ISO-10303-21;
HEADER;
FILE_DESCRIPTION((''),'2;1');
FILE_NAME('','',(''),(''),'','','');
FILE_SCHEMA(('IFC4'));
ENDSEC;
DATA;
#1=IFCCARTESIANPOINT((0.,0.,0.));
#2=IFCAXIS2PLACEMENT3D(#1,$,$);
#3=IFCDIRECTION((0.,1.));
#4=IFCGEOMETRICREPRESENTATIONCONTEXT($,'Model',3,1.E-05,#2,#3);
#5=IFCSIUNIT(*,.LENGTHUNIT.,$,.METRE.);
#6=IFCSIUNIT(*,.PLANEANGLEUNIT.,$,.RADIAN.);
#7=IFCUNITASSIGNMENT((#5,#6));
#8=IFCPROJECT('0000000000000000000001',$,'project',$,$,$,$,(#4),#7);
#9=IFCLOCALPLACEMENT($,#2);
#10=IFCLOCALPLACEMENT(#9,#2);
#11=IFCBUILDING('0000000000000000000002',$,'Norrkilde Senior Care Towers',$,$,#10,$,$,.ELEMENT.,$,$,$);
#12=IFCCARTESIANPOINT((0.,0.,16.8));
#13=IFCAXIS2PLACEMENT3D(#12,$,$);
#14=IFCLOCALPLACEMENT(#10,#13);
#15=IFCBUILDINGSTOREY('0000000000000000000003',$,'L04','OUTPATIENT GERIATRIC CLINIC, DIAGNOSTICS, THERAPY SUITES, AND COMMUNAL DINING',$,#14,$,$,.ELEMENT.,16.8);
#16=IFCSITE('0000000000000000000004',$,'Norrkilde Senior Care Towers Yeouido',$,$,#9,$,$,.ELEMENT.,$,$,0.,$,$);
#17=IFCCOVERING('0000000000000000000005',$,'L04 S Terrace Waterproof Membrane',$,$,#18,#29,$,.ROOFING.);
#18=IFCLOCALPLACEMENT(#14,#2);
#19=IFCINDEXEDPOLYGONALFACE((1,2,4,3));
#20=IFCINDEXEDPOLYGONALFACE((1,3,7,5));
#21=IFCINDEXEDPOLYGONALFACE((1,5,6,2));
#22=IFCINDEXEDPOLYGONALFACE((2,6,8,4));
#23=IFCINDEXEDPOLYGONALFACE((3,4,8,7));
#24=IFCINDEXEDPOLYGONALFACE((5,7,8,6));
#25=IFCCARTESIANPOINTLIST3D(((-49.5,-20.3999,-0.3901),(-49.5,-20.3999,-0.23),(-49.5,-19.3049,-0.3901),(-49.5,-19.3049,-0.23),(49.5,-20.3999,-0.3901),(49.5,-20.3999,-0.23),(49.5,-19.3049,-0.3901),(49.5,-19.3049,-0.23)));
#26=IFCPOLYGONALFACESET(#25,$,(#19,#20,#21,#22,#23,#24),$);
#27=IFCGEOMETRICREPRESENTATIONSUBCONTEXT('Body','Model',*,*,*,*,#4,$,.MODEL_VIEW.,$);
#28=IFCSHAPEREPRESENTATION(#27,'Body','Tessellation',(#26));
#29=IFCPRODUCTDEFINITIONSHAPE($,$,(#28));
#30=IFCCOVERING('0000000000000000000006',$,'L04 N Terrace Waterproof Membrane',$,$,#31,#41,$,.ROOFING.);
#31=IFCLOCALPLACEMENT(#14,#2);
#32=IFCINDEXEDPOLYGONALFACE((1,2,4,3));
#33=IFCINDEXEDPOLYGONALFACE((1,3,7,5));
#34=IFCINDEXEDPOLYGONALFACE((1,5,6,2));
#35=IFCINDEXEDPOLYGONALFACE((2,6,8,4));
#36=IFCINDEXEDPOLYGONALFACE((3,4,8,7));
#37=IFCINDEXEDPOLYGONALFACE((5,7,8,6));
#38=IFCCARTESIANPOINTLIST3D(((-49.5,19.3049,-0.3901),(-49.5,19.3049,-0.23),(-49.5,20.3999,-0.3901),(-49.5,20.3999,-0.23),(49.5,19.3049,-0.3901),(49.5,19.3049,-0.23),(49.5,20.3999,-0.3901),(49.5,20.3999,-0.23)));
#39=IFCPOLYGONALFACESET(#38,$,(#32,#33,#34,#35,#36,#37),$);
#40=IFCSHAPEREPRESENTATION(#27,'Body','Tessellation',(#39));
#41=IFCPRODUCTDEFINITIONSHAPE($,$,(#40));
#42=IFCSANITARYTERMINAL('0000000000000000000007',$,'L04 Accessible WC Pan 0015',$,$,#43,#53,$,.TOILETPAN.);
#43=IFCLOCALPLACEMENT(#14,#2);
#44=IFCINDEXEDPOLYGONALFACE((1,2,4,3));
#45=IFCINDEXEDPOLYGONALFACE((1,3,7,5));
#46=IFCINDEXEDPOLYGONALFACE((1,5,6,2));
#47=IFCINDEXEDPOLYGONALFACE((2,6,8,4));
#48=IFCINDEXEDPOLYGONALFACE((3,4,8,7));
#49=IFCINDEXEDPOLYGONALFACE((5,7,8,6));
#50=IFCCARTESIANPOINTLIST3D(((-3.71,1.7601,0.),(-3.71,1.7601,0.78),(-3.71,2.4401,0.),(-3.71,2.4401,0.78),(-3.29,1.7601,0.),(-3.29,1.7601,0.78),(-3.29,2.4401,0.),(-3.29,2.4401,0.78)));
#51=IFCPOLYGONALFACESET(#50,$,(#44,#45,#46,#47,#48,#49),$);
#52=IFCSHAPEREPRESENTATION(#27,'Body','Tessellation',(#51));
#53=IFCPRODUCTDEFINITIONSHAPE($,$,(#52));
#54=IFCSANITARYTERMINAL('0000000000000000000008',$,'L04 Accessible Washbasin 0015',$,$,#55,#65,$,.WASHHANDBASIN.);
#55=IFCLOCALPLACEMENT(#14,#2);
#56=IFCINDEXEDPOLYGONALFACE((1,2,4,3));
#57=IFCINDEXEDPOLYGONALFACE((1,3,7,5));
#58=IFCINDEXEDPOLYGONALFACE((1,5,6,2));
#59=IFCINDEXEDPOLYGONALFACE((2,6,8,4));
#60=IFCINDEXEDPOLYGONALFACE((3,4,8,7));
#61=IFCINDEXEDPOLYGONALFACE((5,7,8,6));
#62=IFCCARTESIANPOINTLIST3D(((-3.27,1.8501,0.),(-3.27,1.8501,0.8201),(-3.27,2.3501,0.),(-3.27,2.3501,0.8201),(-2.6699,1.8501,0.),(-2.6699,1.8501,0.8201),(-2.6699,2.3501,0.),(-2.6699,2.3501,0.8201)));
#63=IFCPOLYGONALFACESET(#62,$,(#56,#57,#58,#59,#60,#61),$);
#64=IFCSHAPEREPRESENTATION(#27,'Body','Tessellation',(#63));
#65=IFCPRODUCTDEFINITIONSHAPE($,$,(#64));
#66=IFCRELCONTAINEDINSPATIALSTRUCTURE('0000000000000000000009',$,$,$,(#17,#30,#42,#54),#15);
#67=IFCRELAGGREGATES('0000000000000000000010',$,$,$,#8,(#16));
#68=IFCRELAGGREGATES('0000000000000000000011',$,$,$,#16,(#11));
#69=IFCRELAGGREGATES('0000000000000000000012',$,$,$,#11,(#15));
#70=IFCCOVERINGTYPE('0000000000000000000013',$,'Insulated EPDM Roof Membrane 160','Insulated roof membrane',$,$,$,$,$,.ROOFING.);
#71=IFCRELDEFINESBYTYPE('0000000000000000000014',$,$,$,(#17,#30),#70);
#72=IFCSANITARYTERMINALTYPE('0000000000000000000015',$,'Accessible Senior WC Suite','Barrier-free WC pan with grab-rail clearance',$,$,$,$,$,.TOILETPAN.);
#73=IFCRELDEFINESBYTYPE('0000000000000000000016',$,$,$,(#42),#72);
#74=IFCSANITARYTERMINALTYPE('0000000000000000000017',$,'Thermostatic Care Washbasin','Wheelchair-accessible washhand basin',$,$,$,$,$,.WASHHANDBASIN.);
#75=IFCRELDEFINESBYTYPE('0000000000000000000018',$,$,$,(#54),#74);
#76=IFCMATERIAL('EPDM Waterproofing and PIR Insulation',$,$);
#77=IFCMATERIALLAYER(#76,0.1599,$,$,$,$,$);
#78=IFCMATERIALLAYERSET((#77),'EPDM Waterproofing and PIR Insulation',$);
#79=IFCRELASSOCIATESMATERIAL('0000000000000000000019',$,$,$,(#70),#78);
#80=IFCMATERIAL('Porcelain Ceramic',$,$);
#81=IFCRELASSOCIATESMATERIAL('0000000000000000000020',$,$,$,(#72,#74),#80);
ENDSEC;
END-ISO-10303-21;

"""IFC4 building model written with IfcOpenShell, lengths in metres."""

from ifc_helpers import new_model, si_unit, direction, frame, origin, origin_2d, place, context, subcontext, project, spatial, polyline, rectangle, outline, extrude, source, transform, mapped, material, layer, layer_set, type_object, type_shapes, element, save


model = new_model("IFC4")

# Units and contexts
model_context = context("Model", 3, precision=1e-05, world=origin(), true_north=direction((0.0, 1.0)))
body_context = subcontext(model_context, "Body", "Model", "MODEL_VIEW")
ifc_project = project(units=[si_unit("LENGTHUNIT", "METRE"), si_unit("PLANEANGLEUNIT", "RADIAN")], contexts=[model_context])

# Site, building, storey
site_placement = place(None, origin())
site = spatial("IfcSite", under=ifc_project, at=site_placement, Name="Norrkilde Senior Care Towers Yeouido", CompositionType="ELEMENT", RefElevation=0.0)
building_placement = place(site_placement, origin())
building = spatial("IfcBuilding", under=site, at=building_placement, Name="Norrkilde Senior Care Towers", CompositionType="ELEMENT")
storey_placement = place(building_placement, frame((0.0, 0.0, 16.8)))
storey = spatial("IfcBuildingStorey", under=building, at=storey_placement, Name="L04", Description="OUTPATIENT GERIATRIC CLINIC, DIAGNOSTICS, THERAPY SUITES, AND COMMUNAL DINING", CompositionType="ELEMENT", Elevation=16.8)

# Coverings
ifc_material_1 = material(Name="EPDM Waterproofing and PIR Insulation")
ifc_layer_1 = layer(ifc_material_1, 0.1599)
ifc_layer_set_1 = layer_set([ifc_layer_1], Name="EPDM Waterproofing and PIR Insulation")
covering_type = type_object("IfcCoveringType", Name="Insulated EPDM Roof Membrane 160", Description="Insulated roof membrane", PredefinedType="ROOFING", material=ifc_layer_set_1)
covering_1_placement = place(storey_placement, frame((0.0, 0.0, -0.3901)))
element("IfcCovering", 1, at=covering_1_placement, inside=storey, type_object=covering_type, Name="L04 S Terrace Waterproof Membrane", PredefinedType="ROOFING", context=body_context, shape_type="SweptSolid", body=[
    extrude(outline(polyline([(-49.5, -20.3999), (49.5, -20.3999), (49.5, -19.3049), (-49.5, -19.3049), (-49.5, -20.3999)])), origin(), (0.0, 0.0, 1.0), 0.1602),
])
covering_2_placement = place(storey_placement, frame((0.0, 0.0, -0.3901)))
element("IfcCovering", 2, at=covering_2_placement, inside=storey, type_object=covering_type, Name="L04 N Terrace Waterproof Membrane", PredefinedType="ROOFING", context=body_context, shape_type="SweptSolid", body=[
    extrude(outline(polyline([(-49.5, 19.3049), (49.5, 19.3049), (49.5, 20.3999), (-49.5, 20.3999), (-49.5, 19.3049)])), origin(), (0.0, 0.0, 1.0), 0.1602),
])

# Sanitary terminals
ifc_material_2 = material(Name="Porcelain Ceramic")
sanitary_terminal_type_1 = type_object("IfcSanitaryTerminalType", Name="Accessible Senior WC Suite", Description="Barrier-free WC pan with grab-rail clearance", PredefinedType="TOILETPAN", material=ifc_material_2)
shared_shape_1 = source(origin(), body_context, "Body", "SweptSolid", [
    extrude(rectangle(XDim=0.4199, YDim=0.6799, at=origin_2d()), origin(), (0.0, 0.0, 1.0), 0.78),
])
type_shapes(sanitary_terminal_type_1, [shared_shape_1])
sanitary_terminal_1_placement = place(storey_placement, frame((-3.5, 2.1001, 0.0), z_axis=(0.0, 0.0, 1.0), x_axis=(1.0, 0.0, 0.0)))
element("IfcSanitaryTerminal", 3, at=sanitary_terminal_1_placement, inside=storey, type_object=sanitary_terminal_type_1, Name="L04 Accessible WC Pan 0015", PredefinedType="TOILETPAN", context=body_context, shape_type="MappedRepresentation", body=[
    mapped(shared_shape_1, transform((0.0, 0.0, 0.0), x_axis=(1.0, 0.0, 0.0), y_axis=(0.0, 1.0, 0.0), z_axis=(0.0, 0.0, 1.0), scale=1.0)),
])
sanitary_terminal_type_2 = type_object("IfcSanitaryTerminalType", Name="Thermostatic Care Washbasin", Description="Wheelchair-accessible washhand basin", PredefinedType="WASHHANDBASIN", material=ifc_material_2)
shared_shape_2 = source(origin(), body_context, "Body", "SweptSolid", [
    extrude(rectangle(XDim=0.6001, YDim=0.5, at=origin_2d()), origin(), (0.0, 0.0, 1.0), 0.8201),
])
type_shapes(sanitary_terminal_type_2, [shared_shape_2])
sanitary_terminal_2_placement = place(storey_placement, frame((-2.97, 2.1001, 0.0), z_axis=(0.0, 0.0, 1.0), x_axis=(1.0, 0.0, 0.0)))
element("IfcSanitaryTerminal", 4, at=sanitary_terminal_2_placement, inside=storey, type_object=sanitary_terminal_type_2, Name="L04 Accessible Washbasin 0015", PredefinedType="WASHHANDBASIN", context=body_context, shape_type="MappedRepresentation", body=[
    mapped(shared_shape_2, transform((0.0, 0.0, 0.0), x_axis=(1.0, 0.0, 0.0), y_axis=(0.0, 1.0, 0.0), z_axis=(0.0, 0.0, 1.0), scale=1.0)),
])

save(model, "model.ifc")
